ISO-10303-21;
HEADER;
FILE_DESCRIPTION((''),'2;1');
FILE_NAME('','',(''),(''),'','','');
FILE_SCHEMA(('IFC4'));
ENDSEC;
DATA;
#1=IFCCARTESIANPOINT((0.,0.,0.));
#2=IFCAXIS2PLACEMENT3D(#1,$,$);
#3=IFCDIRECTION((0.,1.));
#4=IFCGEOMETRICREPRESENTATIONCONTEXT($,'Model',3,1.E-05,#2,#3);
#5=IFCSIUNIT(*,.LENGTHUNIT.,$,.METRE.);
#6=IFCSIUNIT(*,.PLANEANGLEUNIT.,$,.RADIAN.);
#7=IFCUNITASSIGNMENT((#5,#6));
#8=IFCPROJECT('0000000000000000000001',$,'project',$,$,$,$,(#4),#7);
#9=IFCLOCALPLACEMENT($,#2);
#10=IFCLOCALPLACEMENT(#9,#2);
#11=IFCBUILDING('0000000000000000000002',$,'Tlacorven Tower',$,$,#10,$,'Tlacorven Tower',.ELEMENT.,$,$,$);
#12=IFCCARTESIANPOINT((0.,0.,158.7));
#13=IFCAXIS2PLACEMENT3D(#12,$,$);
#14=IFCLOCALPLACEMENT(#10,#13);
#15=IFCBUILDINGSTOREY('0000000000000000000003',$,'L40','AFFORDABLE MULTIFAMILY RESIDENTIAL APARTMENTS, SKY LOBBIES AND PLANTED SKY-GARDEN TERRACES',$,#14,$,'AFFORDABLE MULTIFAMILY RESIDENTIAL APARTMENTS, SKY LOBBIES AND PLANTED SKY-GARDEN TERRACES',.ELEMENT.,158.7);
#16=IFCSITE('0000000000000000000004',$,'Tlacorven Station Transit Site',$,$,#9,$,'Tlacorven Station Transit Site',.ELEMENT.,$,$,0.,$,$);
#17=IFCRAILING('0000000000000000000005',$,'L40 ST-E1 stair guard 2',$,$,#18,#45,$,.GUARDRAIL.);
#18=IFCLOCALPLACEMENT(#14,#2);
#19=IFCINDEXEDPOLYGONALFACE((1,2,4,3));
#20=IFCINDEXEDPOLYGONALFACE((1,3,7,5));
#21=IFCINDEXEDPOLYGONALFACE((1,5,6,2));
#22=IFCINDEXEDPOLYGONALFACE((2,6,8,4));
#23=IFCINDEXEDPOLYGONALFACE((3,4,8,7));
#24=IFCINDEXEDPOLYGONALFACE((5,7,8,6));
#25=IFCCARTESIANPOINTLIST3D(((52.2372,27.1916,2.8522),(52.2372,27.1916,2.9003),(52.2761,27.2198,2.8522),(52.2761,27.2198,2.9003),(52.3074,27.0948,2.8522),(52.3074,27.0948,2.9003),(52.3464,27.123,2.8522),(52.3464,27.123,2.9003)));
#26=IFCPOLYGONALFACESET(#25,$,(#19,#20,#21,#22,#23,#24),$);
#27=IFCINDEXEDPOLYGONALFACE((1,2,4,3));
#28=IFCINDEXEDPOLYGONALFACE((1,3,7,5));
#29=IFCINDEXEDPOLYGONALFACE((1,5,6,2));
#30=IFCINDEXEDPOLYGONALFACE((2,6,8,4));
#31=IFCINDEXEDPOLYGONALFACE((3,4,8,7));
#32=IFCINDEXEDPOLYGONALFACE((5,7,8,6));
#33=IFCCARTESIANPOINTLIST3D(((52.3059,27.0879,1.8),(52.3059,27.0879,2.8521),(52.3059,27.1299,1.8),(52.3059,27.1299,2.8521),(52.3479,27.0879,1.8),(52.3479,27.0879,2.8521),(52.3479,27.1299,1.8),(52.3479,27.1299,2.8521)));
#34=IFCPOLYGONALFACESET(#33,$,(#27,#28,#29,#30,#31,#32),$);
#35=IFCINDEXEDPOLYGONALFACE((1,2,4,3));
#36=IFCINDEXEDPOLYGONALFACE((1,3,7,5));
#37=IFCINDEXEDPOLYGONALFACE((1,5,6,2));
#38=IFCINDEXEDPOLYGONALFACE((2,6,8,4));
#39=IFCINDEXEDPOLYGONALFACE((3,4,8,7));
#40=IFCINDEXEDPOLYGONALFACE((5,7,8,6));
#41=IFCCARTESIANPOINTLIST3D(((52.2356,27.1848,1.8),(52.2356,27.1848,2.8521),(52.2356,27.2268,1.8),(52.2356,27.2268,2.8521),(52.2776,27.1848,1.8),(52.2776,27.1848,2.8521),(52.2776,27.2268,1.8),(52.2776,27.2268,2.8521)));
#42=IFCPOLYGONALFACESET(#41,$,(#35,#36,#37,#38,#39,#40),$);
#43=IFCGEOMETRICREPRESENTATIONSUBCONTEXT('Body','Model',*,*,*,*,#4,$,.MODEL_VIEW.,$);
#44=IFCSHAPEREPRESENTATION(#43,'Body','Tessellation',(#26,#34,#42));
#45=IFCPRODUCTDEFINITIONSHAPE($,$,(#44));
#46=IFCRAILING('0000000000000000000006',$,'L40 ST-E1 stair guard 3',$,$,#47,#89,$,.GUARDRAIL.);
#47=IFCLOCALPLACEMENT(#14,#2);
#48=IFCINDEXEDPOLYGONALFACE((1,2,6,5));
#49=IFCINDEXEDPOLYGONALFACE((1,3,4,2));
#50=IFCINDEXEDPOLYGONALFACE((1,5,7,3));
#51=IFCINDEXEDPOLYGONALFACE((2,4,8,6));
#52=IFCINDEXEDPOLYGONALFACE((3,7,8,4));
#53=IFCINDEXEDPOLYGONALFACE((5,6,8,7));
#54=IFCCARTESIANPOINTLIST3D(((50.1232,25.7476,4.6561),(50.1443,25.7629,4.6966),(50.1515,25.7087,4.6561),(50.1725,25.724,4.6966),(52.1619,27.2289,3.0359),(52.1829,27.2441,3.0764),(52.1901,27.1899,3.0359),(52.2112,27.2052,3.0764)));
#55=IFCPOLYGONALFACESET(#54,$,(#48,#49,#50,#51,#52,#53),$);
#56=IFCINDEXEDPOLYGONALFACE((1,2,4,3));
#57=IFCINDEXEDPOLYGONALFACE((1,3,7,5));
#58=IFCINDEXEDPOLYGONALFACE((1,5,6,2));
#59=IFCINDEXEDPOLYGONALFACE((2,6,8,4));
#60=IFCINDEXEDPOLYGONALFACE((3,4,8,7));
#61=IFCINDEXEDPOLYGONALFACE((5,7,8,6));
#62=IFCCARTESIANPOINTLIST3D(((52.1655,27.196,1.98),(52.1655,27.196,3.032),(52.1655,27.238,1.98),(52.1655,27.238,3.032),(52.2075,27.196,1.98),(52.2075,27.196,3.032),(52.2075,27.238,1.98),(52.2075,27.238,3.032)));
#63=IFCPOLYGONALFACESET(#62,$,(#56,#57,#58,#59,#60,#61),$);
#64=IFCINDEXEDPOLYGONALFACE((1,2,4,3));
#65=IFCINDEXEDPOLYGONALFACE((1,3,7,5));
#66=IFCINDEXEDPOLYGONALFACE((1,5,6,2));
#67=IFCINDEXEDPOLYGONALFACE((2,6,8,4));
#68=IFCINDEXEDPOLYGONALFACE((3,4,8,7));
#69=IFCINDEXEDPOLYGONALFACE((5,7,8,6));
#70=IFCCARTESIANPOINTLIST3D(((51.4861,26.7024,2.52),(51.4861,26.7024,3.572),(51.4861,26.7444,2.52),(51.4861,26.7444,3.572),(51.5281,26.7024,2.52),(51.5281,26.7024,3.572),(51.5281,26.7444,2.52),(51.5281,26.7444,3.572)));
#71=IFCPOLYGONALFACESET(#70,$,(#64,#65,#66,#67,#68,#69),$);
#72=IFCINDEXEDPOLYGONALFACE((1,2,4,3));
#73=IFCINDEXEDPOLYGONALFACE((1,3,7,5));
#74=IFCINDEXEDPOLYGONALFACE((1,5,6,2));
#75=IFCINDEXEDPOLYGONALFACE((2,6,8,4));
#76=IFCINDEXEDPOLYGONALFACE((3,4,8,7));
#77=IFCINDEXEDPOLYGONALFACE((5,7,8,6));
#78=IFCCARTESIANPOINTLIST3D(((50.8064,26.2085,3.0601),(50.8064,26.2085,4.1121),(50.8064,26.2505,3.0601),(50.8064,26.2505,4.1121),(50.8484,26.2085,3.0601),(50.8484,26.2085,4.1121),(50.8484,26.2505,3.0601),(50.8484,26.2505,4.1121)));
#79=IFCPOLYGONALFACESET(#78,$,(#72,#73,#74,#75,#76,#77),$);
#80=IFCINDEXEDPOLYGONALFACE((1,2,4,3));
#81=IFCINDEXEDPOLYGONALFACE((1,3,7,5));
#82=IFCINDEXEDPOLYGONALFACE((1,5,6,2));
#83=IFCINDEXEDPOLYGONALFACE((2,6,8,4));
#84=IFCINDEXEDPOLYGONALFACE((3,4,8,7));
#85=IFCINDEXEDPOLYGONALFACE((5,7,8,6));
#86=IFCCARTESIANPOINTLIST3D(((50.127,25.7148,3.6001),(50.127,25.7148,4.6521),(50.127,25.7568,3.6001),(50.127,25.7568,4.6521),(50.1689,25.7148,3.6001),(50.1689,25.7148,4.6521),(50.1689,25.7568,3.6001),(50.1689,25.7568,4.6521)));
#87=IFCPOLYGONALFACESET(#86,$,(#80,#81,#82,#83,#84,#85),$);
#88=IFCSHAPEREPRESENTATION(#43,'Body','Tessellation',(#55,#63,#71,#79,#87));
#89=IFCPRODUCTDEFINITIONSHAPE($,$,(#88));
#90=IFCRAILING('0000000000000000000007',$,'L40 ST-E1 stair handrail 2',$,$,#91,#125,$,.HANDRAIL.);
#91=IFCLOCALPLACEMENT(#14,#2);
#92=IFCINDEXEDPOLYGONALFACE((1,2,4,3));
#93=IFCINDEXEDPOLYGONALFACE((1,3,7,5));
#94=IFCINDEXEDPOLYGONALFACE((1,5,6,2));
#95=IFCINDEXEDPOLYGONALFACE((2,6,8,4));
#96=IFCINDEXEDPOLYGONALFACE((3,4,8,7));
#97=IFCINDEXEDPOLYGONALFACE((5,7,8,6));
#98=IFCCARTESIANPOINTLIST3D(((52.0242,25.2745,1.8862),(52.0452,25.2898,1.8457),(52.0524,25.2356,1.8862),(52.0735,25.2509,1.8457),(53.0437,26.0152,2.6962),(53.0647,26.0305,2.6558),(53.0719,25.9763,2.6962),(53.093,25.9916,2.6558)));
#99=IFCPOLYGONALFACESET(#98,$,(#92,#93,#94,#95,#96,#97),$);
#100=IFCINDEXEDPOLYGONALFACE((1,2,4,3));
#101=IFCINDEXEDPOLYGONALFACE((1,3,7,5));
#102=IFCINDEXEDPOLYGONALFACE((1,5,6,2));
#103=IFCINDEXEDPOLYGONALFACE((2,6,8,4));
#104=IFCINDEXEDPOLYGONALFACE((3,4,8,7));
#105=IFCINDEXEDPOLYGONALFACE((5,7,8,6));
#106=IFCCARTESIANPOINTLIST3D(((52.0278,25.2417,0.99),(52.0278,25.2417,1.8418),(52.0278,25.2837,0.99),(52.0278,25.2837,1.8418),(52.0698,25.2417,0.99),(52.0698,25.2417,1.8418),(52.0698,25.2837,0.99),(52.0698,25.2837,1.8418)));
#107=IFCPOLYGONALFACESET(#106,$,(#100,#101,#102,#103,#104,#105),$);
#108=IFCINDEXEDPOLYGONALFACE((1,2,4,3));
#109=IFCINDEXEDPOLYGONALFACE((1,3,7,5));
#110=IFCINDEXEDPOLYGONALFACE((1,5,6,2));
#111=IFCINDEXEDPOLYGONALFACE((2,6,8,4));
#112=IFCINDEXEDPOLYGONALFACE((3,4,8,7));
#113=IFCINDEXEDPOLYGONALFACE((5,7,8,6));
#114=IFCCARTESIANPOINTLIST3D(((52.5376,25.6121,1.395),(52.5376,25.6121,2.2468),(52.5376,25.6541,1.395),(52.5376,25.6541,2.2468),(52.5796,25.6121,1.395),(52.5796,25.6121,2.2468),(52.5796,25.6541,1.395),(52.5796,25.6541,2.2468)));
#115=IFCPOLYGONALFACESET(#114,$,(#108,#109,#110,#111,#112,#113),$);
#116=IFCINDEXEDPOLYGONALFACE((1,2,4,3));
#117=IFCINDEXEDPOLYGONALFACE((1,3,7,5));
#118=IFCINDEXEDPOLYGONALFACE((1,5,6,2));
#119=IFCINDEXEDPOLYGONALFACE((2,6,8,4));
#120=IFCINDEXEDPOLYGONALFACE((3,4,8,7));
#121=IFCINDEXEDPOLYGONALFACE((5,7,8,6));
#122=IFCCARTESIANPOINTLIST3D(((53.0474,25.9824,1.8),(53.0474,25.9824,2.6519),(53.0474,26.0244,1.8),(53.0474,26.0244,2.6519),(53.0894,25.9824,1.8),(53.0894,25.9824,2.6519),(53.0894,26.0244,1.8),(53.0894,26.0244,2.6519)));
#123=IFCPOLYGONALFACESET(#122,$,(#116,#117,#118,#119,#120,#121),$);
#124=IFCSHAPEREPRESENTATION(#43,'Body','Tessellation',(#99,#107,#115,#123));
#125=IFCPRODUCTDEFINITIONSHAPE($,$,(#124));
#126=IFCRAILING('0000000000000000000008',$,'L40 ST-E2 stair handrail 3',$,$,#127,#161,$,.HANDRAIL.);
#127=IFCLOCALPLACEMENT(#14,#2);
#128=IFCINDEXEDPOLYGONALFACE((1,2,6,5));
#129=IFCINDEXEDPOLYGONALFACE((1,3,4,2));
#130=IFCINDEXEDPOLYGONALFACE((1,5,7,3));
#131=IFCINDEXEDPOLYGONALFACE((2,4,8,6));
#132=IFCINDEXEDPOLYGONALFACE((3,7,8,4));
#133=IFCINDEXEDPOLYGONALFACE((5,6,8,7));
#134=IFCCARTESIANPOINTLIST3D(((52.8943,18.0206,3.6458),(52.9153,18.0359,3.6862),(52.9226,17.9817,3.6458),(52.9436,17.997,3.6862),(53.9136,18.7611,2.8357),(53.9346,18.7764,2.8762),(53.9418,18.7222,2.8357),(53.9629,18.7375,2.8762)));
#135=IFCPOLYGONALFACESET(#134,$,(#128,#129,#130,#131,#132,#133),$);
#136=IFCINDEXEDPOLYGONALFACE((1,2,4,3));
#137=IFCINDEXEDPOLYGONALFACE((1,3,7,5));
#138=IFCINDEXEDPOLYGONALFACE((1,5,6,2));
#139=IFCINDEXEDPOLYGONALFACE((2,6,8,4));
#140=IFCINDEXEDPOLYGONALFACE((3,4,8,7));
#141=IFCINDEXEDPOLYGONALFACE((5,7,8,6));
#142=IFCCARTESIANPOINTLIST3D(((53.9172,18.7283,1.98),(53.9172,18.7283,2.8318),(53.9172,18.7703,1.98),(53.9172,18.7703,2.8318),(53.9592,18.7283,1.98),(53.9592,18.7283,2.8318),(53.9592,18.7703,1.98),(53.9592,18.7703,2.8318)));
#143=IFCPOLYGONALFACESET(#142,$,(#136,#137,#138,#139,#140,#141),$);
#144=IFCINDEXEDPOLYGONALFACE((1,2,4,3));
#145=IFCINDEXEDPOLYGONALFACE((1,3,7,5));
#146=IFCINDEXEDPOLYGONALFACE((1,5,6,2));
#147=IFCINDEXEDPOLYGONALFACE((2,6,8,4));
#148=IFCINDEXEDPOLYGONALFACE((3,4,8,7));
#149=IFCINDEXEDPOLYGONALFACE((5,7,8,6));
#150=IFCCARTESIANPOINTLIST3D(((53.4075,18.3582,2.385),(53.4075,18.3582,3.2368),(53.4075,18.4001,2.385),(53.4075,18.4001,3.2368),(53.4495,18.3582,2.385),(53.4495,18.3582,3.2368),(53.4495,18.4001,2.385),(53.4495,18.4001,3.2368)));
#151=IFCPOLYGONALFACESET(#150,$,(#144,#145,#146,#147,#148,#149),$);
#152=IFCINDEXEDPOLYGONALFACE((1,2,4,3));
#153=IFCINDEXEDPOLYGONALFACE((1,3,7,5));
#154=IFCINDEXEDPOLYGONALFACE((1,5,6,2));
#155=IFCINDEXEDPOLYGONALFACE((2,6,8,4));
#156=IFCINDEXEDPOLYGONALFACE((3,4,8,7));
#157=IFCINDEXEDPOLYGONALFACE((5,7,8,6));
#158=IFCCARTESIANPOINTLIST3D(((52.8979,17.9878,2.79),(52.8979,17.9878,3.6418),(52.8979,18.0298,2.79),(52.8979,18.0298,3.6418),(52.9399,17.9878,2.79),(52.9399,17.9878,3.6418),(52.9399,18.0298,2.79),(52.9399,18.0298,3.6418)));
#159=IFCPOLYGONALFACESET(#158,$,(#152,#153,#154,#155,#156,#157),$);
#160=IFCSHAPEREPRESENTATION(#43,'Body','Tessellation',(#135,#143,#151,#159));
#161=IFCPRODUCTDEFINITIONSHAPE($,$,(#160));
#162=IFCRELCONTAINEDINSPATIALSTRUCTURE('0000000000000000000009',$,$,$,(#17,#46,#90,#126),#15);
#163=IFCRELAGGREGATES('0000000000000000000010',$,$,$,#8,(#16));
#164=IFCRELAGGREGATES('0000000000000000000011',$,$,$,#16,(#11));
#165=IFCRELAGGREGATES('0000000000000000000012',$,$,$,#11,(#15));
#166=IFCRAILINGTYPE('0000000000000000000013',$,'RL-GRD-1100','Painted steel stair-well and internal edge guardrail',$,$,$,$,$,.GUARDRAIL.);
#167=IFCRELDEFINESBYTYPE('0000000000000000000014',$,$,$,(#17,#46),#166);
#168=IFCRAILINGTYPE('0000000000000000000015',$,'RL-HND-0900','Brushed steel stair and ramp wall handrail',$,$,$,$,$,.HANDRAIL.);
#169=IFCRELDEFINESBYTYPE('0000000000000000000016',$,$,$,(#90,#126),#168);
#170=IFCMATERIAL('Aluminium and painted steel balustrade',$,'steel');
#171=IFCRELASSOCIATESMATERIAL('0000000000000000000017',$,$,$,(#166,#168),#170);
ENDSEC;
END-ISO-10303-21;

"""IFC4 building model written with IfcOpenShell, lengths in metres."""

from ifc_helpers import new_model, si_unit, direction, frame, origin, origin_2d, place, context, subcontext, project, spatial, rectangle, extrude, source, transform, mapped, material, type_object, element, save


model = new_model("IFC4")

# Units and contexts
model_context = context("Model", 3, precision=1e-05, world=origin(), true_north=direction((0.0, 1.0)))
body_context = subcontext(model_context, "Body", "Model", "MODEL_VIEW")
ifc_project = project(units=[si_unit("LENGTHUNIT", "METRE"), si_unit("PLANEANGLEUNIT", "RADIAN")], contexts=[model_context])

# Site, building, storey
site_placement = place(None, origin())
site = spatial("IfcSite", under=ifc_project, at=site_placement, Name="Tlacorven Station Transit Site", LongName="Tlacorven Station Transit Site", CompositionType="ELEMENT", RefElevation=0.0)
building_placement = place(site_placement, origin())
building = spatial("IfcBuilding", under=site, at=building_placement, Name="Tlacorven Tower", LongName="Tlacorven Tower", CompositionType="ELEMENT")
storey_placement = place(building_placement, frame((0.0, 0.0, 158.7)))
storey = spatial("IfcBuildingStorey", under=building, at=storey_placement, Name="L40", Description="AFFORDABLE MULTIFAMILY RESIDENTIAL APARTMENTS, SKY LOBBIES AND PLANTED SKY-GARDEN TERRACES", LongName="AFFORDABLE MULTIFAMILY RESIDENTIAL APARTMENTS, SKY LOBBIES AND PLANTED SKY-GARDEN TERRACES", CompositionType="ELEMENT", Elevation=158.7)

# Railings
ifc_material_1 = material(Name="Aluminium and painted steel balustrade", Category="steel")
railing_type_1 = type_object("IfcRailingType", Name="RL-GRD-1100", Description="Painted steel stair-well and internal edge guardrail", PredefinedType="GUARDRAIL", material=ifc_material_1)
shared_shape_1 = source(origin(), body_context, "Body", "SweptSolid", [
    extrude(rectangle(XDim=0.0481, YDim=0.0481, at=origin_2d()), frame((0.0, 0.0, 1.0762), z_axis=(-0.587201, 0.809441, 0.0), x_axis=(-0.809441, -0.587201, 0.0)), (0.0, 0.0, 1.0), 0.1196),
    extrude(rectangle(XDim=0.042, YDim=0.042, at=origin_2d()), origin(), (0.0, 0.0, 1.0), 1.052),
    extrude(rectangle(XDim=0.042, YDim=0.042, at=origin_2d()), frame((-0.0703, 0.0969, 0.0)), (0.0, 0.0, 1.0), 1.052),
])
railing_1_placement = place(storey_placement, frame((52.3269, 27.1089, 1.8)))
element("IfcRailing", 1, at=railing_1_placement, inside=storey, type_object=railing_type_1, Name="L40 ST-E1 stair guard 2", PredefinedType="GUARDRAIL", context=body_context, shape_type="MappedRepresentation", body=[
    mapped(shared_shape_1, transform((0.0, 0.0, 0.0), scale=1.0)),
])
shared_shape_2 = source(origin(), body_context, "Body", "SweptSolid", [
    extrude(rectangle(XDim=0.0481, YDim=0.0481, at=origin_2d()), frame((0.0, 0.0, 1.0762), z_axis=(-0.680489, -0.494434, 0.540805), x_axis=(0.587809, -0.809, 0.0)), (0.0, 0.0, 1.0), 2.9958),
    extrude(rectangle(XDim=0.042, YDim=0.042, at=origin_2d()), origin(), (0.0, 0.0, 1.0), 1.052),
    extrude(rectangle(XDim=0.042, YDim=0.042, at=origin_2d()), frame((-0.6794, -0.4937, 0.54)), (0.0, 0.0, 1.0), 1.052),
    extrude(rectangle(XDim=0.042, YDim=0.042, at=origin_2d()), frame((-1.3591, -0.9875, 1.0801)), (0.0, 0.0, 1.0), 1.052),
    extrude(rectangle(XDim=0.042, YDim=0.042, at=origin_2d()), frame((-2.0386, -1.4812, 1.6201)), (0.0, 0.0, 1.0), 1.052),
])
railing_2_placement = place(storey_placement, frame((52.1865, 27.217, 1.98)))
element("IfcRailing", 2, at=railing_2_placement, inside=storey, type_object=railing_type_1, Name="L40 ST-E1 stair guard 3", PredefinedType="GUARDRAIL", context=body_context, shape_type="MappedRepresentation", body=[
    mapped(shared_shape_2, transform((0.0, 0.0, 0.0), scale=1.0)),
])
railing_type_2 = type_object("IfcRailingType", Name="RL-HND-0900", Description="Brushed steel stair and ramp wall handrail", PredefinedType="HANDRAIL", material=ifc_material_1)
shared_shape_3 = source(origin(), body_context, "Body", "SweptSolid", [
    extrude(rectangle(XDim=0.0481, YDim=0.0481, at=origin_2d()), frame((0.0, 0.0, 0.876), z_axis=(0.680549, 0.494441, 0.540723), x_axis=(-0.58778, 0.809021, 0.0)), (0.0, 0.0, 1.0), 1.498),
    extrude(rectangle(XDim=0.042, YDim=0.042, at=origin_2d()), origin(), (0.0, 0.0, 1.0), 0.8518),
    extrude(rectangle(XDim=0.042, YDim=0.042, at=origin_2d()), frame((0.5098, 0.3704, 0.405)), (0.0, 0.0, 1.0), 0.8518),
    extrude(rectangle(XDim=0.042, YDim=0.042, at=origin_2d()), frame((1.0195, 0.7407, 0.8101)), (0.0, 0.0, 1.0), 0.8518),
])
railing_3_placement = place(storey_placement, frame((52.0488, 25.2627, 0.99)))
element("IfcRailing", 3, at=railing_3_placement, inside=storey, type_object=railing_type_2, Name="L40 ST-E1 stair handrail 2", PredefinedType="HANDRAIL", context=body_context, shape_type="MappedRepresentation", body=[
    mapped(shared_shape_3, transform((0.0, 0.0, 0.0), scale=1.0)),
])
shared_shape_4 = source(origin(), body_context, "Body", "SweptSolid", [
    extrude(rectangle(XDim=0.0481, YDim=0.0481, at=origin_2d()), frame((0.0, 0.0, 0.876), z_axis=(-0.680516, -0.494373, 0.540827), x_axis=(0.587745, -0.809046, 0.0)), (0.0, 0.0, 1.0), 1.4978),
    extrude(rectangle(XDim=0.042, YDim=0.042, at=origin_2d()), origin(), (0.0, 0.0, 1.0), 0.8518),
    extrude(rectangle(XDim=0.042, YDim=0.042, at=origin_2d()), frame((-0.5098, -0.3701, 0.405)), (0.0, 0.0, 1.0), 0.8518),
    extrude(rectangle(XDim=0.042, YDim=0.042, at=origin_2d()), frame((-1.0193, -0.7405, 0.8101)), (0.0, 0.0, 1.0), 0.8518),
])
railing_4_placement = place(storey_placement, frame((53.9382, 18.7493, 1.98)))
element("IfcRailing", 4, at=railing_4_placement, inside=storey, type_object=railing_type_2, Name="L40 ST-E2 stair handrail 3", PredefinedType="HANDRAIL", context=body_context, shape_type="MappedRepresentation", body=[
    mapped(shared_shape_4, transform((0.0, 0.0, 0.0), scale=1.0)),
])

save(model, "model.ifc")
